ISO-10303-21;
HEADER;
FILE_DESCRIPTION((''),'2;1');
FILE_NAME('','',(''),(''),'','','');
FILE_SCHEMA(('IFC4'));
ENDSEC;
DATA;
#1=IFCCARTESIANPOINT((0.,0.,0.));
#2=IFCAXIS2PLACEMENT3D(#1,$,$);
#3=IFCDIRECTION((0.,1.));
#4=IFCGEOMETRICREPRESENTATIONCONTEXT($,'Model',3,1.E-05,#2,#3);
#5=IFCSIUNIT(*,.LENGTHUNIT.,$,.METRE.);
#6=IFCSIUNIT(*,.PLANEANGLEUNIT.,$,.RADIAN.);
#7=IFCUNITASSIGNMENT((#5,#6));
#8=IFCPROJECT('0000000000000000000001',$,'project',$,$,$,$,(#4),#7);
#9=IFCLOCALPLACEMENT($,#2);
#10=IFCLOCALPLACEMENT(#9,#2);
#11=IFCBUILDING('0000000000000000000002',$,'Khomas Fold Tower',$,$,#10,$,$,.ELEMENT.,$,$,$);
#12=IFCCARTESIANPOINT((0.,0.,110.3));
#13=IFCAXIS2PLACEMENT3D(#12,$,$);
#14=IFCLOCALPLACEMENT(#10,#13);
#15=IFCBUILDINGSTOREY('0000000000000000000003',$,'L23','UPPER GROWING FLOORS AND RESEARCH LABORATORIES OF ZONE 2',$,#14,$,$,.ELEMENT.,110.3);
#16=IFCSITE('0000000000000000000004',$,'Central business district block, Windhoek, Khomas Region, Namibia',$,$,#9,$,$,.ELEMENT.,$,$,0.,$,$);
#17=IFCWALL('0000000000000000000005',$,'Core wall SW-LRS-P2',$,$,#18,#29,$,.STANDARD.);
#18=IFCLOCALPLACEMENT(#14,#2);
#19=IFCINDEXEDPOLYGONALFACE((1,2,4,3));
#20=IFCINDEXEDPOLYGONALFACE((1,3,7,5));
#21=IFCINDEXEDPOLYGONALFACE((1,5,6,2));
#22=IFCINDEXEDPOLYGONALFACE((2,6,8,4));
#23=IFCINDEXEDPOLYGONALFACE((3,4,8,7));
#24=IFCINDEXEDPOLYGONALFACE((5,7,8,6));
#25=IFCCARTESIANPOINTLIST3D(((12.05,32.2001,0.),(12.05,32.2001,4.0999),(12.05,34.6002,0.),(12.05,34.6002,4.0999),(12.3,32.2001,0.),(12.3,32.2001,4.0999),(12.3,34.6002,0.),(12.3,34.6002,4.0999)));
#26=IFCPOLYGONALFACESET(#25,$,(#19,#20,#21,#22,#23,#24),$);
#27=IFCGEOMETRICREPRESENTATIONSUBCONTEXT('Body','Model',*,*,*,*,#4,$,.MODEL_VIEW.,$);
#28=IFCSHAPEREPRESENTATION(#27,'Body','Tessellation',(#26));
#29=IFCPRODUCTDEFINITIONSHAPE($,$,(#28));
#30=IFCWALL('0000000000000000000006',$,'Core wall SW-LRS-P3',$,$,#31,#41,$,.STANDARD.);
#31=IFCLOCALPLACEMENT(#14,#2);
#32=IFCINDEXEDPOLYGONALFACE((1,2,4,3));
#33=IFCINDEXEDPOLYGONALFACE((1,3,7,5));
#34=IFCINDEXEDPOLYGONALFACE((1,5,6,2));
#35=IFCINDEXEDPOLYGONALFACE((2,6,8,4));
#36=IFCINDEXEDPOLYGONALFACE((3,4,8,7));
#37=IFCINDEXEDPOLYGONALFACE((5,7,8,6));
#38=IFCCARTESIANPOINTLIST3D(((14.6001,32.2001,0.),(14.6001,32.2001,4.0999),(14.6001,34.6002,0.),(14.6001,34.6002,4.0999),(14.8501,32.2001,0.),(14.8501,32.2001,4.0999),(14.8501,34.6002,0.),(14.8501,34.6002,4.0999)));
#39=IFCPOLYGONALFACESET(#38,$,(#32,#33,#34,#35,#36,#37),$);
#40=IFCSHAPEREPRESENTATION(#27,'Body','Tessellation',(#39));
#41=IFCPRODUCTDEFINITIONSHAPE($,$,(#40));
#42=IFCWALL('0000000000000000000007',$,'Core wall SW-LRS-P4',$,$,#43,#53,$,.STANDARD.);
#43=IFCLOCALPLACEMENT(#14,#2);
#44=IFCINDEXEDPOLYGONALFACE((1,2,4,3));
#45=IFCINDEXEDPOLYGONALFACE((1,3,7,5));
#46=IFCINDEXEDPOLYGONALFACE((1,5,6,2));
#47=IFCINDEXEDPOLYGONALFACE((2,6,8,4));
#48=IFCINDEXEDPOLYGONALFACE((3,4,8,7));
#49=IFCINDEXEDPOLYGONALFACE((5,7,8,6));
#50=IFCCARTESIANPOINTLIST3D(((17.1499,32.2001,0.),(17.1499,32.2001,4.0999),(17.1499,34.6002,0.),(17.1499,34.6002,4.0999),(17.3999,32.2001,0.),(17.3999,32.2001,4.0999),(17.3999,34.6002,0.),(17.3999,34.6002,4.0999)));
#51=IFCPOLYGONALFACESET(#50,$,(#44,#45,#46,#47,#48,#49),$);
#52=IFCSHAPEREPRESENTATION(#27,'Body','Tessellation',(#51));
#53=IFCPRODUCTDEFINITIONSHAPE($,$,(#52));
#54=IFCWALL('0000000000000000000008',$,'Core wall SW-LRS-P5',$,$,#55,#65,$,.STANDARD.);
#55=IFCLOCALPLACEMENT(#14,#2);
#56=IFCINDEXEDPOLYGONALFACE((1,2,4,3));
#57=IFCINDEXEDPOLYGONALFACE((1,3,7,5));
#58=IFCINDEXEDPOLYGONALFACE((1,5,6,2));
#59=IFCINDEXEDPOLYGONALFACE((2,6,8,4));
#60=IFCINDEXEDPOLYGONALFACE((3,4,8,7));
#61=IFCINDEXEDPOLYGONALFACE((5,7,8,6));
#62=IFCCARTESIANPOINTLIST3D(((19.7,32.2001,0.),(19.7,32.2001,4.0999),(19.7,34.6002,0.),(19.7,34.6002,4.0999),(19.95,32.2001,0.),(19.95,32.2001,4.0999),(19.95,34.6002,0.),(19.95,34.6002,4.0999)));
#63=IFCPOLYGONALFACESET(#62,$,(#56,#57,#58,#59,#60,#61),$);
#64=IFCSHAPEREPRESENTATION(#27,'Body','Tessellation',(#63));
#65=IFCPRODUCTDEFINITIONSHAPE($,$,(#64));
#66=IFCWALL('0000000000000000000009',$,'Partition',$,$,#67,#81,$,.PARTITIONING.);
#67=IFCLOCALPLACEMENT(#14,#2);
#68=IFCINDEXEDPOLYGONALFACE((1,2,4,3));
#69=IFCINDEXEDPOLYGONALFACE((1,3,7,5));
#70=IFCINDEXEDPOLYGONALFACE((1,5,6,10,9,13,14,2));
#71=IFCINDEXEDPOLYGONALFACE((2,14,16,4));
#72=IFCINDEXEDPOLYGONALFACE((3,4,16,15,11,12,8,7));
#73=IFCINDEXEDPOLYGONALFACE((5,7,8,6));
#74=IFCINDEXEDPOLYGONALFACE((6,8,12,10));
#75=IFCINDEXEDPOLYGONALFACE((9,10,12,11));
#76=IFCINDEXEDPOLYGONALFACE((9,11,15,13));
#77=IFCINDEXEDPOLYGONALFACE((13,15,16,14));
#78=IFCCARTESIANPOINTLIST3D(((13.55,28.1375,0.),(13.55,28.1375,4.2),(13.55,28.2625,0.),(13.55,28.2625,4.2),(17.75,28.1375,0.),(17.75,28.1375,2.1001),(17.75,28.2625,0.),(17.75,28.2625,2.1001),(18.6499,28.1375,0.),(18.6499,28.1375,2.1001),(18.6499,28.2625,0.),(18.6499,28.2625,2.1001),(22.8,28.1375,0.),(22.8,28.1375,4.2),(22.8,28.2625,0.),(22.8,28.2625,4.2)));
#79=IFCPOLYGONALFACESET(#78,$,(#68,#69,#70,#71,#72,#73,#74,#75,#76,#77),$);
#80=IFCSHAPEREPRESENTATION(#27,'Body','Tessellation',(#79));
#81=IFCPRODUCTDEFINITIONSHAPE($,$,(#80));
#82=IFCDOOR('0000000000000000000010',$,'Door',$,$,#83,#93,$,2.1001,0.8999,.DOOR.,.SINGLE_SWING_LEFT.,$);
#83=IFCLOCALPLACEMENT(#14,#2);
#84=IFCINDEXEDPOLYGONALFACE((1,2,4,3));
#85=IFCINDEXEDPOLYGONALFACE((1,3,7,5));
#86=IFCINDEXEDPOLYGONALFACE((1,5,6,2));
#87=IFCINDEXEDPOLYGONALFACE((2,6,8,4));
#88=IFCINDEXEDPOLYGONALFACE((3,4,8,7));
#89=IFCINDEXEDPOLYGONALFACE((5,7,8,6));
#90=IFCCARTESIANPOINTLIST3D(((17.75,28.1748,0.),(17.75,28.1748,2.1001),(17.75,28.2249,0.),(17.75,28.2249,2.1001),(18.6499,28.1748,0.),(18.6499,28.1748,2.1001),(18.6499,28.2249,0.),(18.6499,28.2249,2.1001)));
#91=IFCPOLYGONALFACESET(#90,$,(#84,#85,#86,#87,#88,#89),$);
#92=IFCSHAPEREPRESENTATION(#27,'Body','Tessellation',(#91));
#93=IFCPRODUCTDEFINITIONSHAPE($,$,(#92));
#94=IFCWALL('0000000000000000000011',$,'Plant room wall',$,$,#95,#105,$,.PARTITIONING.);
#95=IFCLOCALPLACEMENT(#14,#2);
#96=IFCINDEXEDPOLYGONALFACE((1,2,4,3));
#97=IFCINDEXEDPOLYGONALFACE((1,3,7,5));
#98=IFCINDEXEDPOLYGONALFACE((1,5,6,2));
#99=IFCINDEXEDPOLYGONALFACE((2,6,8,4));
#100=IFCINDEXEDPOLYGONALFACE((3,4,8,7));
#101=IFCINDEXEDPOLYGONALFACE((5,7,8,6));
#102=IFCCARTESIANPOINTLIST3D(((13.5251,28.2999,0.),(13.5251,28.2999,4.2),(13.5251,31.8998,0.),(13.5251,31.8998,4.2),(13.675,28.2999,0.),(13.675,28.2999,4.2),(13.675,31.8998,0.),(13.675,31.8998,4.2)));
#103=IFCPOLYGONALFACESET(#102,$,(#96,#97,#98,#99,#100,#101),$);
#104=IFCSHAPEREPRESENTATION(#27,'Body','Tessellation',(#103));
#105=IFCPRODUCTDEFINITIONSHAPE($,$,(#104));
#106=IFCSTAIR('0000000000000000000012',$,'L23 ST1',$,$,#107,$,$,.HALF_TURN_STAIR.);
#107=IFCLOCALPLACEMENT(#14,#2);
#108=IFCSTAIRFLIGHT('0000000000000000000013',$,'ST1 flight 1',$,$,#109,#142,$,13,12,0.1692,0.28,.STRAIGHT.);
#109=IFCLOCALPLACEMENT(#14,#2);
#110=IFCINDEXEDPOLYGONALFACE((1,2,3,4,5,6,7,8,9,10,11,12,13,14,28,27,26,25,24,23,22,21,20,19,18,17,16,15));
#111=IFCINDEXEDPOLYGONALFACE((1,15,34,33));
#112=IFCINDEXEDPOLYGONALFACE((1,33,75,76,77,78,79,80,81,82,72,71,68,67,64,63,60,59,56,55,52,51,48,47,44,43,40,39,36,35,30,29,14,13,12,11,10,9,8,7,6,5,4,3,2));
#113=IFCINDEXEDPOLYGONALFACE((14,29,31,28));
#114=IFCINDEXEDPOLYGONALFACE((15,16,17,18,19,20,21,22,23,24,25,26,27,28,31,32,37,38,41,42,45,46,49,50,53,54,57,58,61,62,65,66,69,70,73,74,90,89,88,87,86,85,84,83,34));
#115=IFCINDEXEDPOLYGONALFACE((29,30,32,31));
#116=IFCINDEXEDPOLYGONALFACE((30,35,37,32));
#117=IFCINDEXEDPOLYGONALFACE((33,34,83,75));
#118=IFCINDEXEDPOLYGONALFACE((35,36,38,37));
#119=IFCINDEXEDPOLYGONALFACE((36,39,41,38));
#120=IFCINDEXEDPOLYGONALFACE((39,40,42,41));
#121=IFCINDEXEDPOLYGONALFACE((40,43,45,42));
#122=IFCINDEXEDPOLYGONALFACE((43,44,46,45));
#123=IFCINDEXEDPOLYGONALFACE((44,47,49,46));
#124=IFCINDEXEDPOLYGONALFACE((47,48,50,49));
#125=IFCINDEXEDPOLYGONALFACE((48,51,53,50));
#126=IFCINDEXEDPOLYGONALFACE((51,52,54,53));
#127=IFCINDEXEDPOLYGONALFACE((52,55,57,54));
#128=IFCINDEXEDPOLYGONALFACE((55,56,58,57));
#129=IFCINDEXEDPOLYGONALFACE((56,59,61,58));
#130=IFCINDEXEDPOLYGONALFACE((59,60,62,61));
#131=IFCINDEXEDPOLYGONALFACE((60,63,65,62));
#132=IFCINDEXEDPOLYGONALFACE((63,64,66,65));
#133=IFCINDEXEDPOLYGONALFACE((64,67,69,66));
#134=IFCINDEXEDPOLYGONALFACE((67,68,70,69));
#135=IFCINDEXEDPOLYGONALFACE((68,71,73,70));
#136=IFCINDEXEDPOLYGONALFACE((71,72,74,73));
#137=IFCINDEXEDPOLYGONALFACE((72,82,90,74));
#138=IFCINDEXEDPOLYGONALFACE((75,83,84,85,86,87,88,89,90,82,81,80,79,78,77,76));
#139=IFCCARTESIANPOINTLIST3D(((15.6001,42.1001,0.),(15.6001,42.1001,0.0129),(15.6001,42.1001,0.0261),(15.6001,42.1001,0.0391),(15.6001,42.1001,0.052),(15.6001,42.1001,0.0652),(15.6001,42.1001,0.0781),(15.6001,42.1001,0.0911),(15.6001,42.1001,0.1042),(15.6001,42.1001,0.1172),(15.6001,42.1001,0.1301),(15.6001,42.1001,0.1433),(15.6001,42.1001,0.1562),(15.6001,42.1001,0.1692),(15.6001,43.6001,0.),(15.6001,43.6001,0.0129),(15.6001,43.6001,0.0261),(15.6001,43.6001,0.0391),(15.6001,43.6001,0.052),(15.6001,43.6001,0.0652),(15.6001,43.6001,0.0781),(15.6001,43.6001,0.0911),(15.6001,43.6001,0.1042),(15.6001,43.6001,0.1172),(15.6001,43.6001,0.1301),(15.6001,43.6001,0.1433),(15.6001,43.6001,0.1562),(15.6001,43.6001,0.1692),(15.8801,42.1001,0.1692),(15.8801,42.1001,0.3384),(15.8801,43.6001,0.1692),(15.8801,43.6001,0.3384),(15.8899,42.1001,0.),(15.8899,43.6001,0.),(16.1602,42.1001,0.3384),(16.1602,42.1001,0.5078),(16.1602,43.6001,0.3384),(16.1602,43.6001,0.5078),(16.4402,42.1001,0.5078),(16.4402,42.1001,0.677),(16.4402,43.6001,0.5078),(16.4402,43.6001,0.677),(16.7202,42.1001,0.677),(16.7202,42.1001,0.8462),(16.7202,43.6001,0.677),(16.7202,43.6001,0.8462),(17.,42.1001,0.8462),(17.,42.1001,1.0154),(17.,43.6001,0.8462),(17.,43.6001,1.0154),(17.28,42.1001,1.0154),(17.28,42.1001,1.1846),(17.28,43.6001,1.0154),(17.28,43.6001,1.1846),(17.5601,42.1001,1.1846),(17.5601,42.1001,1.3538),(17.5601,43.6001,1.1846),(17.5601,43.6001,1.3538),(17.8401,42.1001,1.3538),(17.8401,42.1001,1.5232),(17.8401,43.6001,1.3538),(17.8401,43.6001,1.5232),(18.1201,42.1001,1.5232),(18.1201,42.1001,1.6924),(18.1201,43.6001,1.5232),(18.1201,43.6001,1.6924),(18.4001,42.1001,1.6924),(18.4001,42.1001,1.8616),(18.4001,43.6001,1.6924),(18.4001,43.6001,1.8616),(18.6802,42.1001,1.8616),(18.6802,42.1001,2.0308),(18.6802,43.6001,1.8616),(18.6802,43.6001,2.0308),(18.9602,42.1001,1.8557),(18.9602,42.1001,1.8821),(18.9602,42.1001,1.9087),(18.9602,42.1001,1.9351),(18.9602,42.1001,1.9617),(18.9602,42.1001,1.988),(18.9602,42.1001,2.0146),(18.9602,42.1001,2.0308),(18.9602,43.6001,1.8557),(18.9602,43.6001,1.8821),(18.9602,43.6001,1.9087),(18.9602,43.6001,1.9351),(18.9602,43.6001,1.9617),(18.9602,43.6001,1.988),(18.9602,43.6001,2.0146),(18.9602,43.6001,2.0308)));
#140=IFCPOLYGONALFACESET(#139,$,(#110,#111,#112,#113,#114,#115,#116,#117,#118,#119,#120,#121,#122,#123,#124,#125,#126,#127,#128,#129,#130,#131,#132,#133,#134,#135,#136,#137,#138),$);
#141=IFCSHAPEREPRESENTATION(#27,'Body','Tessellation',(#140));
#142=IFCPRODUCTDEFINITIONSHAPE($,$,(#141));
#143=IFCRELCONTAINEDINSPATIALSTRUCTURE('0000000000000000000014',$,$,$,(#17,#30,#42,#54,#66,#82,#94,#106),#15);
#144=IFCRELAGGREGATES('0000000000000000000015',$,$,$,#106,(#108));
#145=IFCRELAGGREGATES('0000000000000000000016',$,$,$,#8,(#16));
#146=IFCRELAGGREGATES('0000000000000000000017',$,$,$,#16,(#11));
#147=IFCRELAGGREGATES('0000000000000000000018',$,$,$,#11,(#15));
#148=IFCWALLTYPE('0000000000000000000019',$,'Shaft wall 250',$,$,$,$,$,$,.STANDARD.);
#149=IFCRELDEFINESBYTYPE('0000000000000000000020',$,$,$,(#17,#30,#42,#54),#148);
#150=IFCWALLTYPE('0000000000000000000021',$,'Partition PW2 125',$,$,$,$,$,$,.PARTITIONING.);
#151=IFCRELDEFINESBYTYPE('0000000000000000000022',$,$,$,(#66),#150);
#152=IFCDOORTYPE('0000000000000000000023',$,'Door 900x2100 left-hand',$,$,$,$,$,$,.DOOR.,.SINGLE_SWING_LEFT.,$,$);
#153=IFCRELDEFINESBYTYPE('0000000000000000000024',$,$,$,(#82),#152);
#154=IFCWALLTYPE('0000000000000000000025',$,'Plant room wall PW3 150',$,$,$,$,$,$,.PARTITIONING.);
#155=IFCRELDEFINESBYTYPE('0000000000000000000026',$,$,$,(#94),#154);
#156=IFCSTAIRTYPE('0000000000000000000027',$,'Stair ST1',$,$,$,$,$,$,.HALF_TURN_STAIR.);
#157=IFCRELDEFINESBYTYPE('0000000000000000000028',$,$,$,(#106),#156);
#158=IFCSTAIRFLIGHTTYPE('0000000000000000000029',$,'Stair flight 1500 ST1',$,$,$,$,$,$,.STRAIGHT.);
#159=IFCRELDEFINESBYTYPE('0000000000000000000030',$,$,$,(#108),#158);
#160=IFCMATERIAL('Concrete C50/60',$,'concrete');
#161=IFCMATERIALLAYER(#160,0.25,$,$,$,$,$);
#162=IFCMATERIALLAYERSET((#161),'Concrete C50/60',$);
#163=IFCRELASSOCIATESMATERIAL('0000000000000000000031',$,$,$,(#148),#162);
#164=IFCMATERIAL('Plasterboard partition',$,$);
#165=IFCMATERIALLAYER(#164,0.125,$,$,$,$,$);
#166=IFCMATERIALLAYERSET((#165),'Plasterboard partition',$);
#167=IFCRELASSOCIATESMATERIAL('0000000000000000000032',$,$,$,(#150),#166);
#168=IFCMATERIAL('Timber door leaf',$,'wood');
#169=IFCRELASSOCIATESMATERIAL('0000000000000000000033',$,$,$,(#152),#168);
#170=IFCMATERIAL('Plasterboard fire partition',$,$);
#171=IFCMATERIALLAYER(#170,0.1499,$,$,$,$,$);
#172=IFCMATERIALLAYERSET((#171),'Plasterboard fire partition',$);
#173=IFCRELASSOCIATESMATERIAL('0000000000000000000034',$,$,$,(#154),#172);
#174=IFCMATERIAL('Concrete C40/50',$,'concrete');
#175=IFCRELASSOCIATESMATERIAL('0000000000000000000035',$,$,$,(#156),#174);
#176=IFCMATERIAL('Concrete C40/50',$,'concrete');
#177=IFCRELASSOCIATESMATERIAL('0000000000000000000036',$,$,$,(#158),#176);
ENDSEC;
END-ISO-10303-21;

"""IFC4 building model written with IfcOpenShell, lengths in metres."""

from ifc_helpers import new_model, si_unit, direction, frame, frame_2d, origin, place, context, subcontext, project, spatial, polyline, rectangle, outline, extrude, source, transform, mapped, material, layer, layer_set, type_object, element, fill, aggregate, save


model = new_model("IFC4")

# Units and contexts
model_context = context("Model", 3, precision=1e-05, world=origin(), true_north=direction((0.0, 1.0)))
body_context = subcontext(model_context, "Body", "Model", "MODEL_VIEW")
ifc_project = project(units=[si_unit("LENGTHUNIT", "METRE"), si_unit("PLANEANGLEUNIT", "RADIAN")], contexts=[model_context])

# Site, building, storey
site_placement = place(None, origin())
site = spatial("IfcSite", under=ifc_project, at=site_placement, Name="Central business district block, Windhoek, Khomas Region, Namibia", CompositionType="ELEMENT", RefElevation=0.0)
building_placement = place(site_placement, origin())
building = spatial("IfcBuilding", under=site, at=building_placement, Name="Khomas Fold Tower", CompositionType="ELEMENT")
storey_placement = place(building_placement, frame((0.0, 0.0, 110.3)))
storey = spatial("IfcBuildingStorey", under=building, at=storey_placement, Name="L23", Description="UPPER GROWING FLOORS AND RESEARCH LABORATORIES OF ZONE 2", CompositionType="ELEMENT", Elevation=110.3)

# Walls
ifc_material_1 = material(Name="Concrete C50/60", Category="concrete")
ifc_layer_1 = layer(ifc_material_1, 0.25)
ifc_layer_set_1 = layer_set([ifc_layer_1], Name="Concrete C50/60")
wall_type_1 = type_object("IfcWallType", Name="Shaft wall 250", PredefinedType="STANDARD", material=ifc_layer_set_1)
shared_shape_1 = source(origin(), body_context, "Body", "SweptSolid", [
    extrude(rectangle(XDim=2.4001, YDim=0.25, at=frame_2d((1.2002, 0.0))), origin(), (0.0, 0.0, 1.0), 4.0999),
])
for number, where, z_axis, x_axis, name in (
    (1, (12.175, 32.2, 0.0), (0.0, 0.0, 1.0), (0.0, 1.0, 0.0), "Core wall SW-LRS-P2"),
    (2, (14.7251, 32.2, 0.0), (0.0, 0.0, 1.0), (0.0, 1.0, 0.0), "Core wall SW-LRS-P3"),
    (3, (17.2749, 32.2, 0.0), (0.0, 0.0, 1.0), (0.0, 1.0, 0.0), "Core wall SW-LRS-P4"),
    (4, (19.825, 32.2, 0.0), (0.0, 0.0, 1.0), (0.0, 1.0, 0.0), "Core wall SW-LRS-P5"),
):
    element("IfcWall", number, at=place(storey_placement, frame(where, z_axis=z_axis, x_axis=x_axis)), inside=storey, type_object=wall_type_1, Name=name, PredefinedType="STANDARD", context=body_context, shape_type="MappedRepresentation", body=[
        mapped(shared_shape_1, transform((0.0, 0.0, 0.0))),
    ])

# Wall, opening, door
ifc_material_2 = material(Name="Plasterboard partition")
ifc_layer_2 = layer(ifc_material_2, 0.125)
ifc_layer_set_2 = layer_set([ifc_layer_2], Name="Plasterboard partition")
wall_type_2 = type_object("IfcWallType", Name="Partition PW2 125", PredefinedType="PARTITIONING", material=ifc_layer_set_2)
shared_shape_2 = source(origin(), body_context, "Body", "SweptSolid", [
    extrude(rectangle(XDim=9.25, YDim=0.125, at=frame_2d((4.625, 0.0))), origin(), (0.0, 0.0, 1.0), 4.2),
])
wall_1_placement = place(storey_placement, frame((13.55, 28.2, 0.0), z_axis=(0.0, 0.0, 1.0), x_axis=(1.0, 0.0, 0.0)))
wall_1 = element("IfcWall", 5, at=wall_1_placement, inside=storey, type_object=wall_type_2, Name="Partition", PredefinedType="PARTITIONING", context=body_context, shape_type="MappedRepresentation", body=[
    mapped(shared_shape_2, transform((0.0, 0.0, 0.0))),
])
shared_shape_3 = source(origin(), body_context, "Body", "SweptSolid", [
    extrude(rectangle(XDim=0.8999, YDim=2.1001, at=frame_2d((0.45, 1.05))), frame((0.0, 0.0725, 0.0), z_axis=(0.0, -1.0, 0.0), x_axis=(1.0, 0.0, 0.0)), (0.0, 0.0, 1.0), 0.145),
])
opening_1_placement = place(wall_1_placement, frame((4.2, 0.0, 0.0)))
opening_1 = element("IfcOpeningElement", 6, at=opening_1_placement, cuts=wall_1, PredefinedType="OPENING", context=body_context, shape_type="MappedRepresentation", body=[
    mapped(shared_shape_3, transform((0.0, 0.0, 0.0))),
])
ifc_material_3 = material(Name="Timber door leaf", Category="wood")
door_type_1 = type_object("IfcDoorType", Name="Door 900x2100 left-hand", OperationType="SINGLE_SWING_LEFT", PredefinedType="DOOR", material=ifc_material_3)
shared_shape_4 = source(origin(), body_context, "Body", "SweptSolid", [
    extrude(rectangle(XDim=0.8999, YDim=2.1001, at=frame_2d((0.45, 1.05))), frame((0.0, 0.0249, 0.0), z_axis=(0.0, -1.0, 0.0), x_axis=(1.0, 0.0, 0.0)), (0.0, 0.0, 1.0), 0.05),
])
door_1_placement = place(opening_1_placement, origin())
door_1 = element("IfcDoor", 7, at=door_1_placement, inside=storey, type_object=door_type_1, Name="Door", OperationType="SINGLE_SWING_LEFT", OverallHeight=2.1001, OverallWidth=0.8999, PredefinedType="DOOR", context=body_context, shape_type="MappedRepresentation", body=[
    mapped(shared_shape_4, transform((0.0, 0.0, 0.0))),
])
fill(opening_1, door_1)

# Wall
ifc_material_4 = material(Name="Plasterboard fire partition")
ifc_layer_3 = layer(ifc_material_4, 0.1499)
ifc_layer_set_3 = layer_set([ifc_layer_3], Name="Plasterboard fire partition")
wall_type_3 = type_object("IfcWallType", Name="Plant room wall PW3 150", PredefinedType="PARTITIONING", material=ifc_layer_set_3)
shared_shape_5 = source(origin(), body_context, "Body", "SweptSolid", [
    extrude(rectangle(XDim=3.5999, YDim=0.1499, at=frame_2d((1.7998, 0.0))), origin(), (0.0, 0.0, 1.0), 4.2),
])
wall_2_placement = place(storey_placement, frame((13.6001, 28.3, 0.0), z_axis=(0.0, 0.0, 1.0), x_axis=(0.0, 1.0, 0.0)))
element("IfcWall", 8, at=wall_2_placement, inside=storey, type_object=wall_type_3, Name="Plant room wall", PredefinedType="PARTITIONING", context=body_context, shape_type="MappedRepresentation", body=[
    mapped(shared_shape_5, transform((0.0, 0.0, 0.0))),
])

# Stair, stair flight
ifc_material_5 = material(Name="Concrete C40/50", Category="concrete")
stair_type = type_object("IfcStairType", Name="Stair ST1", PredefinedType="HALF_TURN_STAIR", material=ifc_material_5)
stair_placement = place(storey_placement, origin())
stair = element("IfcStair", 9, at=stair_placement, inside=storey, type_object=stair_type, Name="L23 ST1", PredefinedType="HALF_TURN_STAIR")
ifc_material_6 = material(Name="Concrete C40/50", Category="concrete")
stair_flight_type = type_object("IfcStairFlightType", Name="Stair flight 1500 ST1", PredefinedType="STRAIGHT", material=ifc_material_6)
shared_shape_6 = source(origin(), body_context, "Body", "SweptSolid", [
    extrude(outline(polyline([(0.0, 0.0), (0.0, 0.0129), (0.0, 0.0261), (0.0, 0.0391), (0.0, 0.052), (0.0, 0.0652), (0.0, 0.0781), (0.0, 0.0911), (0.0, 0.1042), (0.0, 0.1172), (0.0, 0.1301), (0.0, 0.1433), (0.0, 0.1562), (0.0, 0.1692), (0.28, 0.1692), (0.28, 0.3384), (0.5601, 0.3384), (0.5601, 0.5078), (0.8401, 0.5078), (0.8401, 0.677), (1.1201, 0.677), (1.1201, 0.8462), (1.3999, 0.8462), (1.3999, 1.0154), (1.6799, 1.0154), (1.6799, 1.1846), (1.96, 1.1846), (1.96, 1.3538), (2.24, 1.3538), (2.24, 1.5232), (2.52, 1.5232), (2.52, 1.6924), (2.8, 1.6924), (2.8, 1.8616), (3.0801, 1.8616), (3.0801, 2.0308), (3.3601, 2.0308), (3.3601, 2.2), (3.3601, 2.1736), (3.3601, 2.147), (3.3601, 2.1206), (3.3601, 2.094), (3.3601, 2.0676), (3.3601, 2.041), (3.3601, 2.0146), (3.3601, 1.988), (3.3601, 1.9617), (3.3601, 1.9351), (3.3601, 1.9087), (3.3601, 1.8821), (3.3601, 1.8557), (0.2898, 0.0), (0.0, 0.0)])), frame((0.0, 0.75, 0.0), z_axis=(0.0, -1.0, 0.0), x_axis=(1.0, 0.0, 0.0)), (0.0, 0.0, 1.0), 1.5),
])
stair_flight_1_placement = place(storey_placement, frame((15.6001, 42.8501, 0.0), z_axis=(0.0, 0.0, 1.0), x_axis=(1.0, 0.0, 0.0)))
stair_flight_1 = element("IfcStairFlight", 10, at=stair_flight_1_placement, type_object=stair_flight_type, Name="ST1 flight 1", NumberOfRisers=13, NumberOfTreads=12, PredefinedType="STRAIGHT", RiserHeight=0.1692, TreadLength=0.28, context=body_context, shape_type="MappedRepresentation", body=[
    mapped(shared_shape_6, transform((0.0, 0.0, 0.0))),
])
aggregate(stair, [stair_flight_1])

save(model, "model.ifc")
